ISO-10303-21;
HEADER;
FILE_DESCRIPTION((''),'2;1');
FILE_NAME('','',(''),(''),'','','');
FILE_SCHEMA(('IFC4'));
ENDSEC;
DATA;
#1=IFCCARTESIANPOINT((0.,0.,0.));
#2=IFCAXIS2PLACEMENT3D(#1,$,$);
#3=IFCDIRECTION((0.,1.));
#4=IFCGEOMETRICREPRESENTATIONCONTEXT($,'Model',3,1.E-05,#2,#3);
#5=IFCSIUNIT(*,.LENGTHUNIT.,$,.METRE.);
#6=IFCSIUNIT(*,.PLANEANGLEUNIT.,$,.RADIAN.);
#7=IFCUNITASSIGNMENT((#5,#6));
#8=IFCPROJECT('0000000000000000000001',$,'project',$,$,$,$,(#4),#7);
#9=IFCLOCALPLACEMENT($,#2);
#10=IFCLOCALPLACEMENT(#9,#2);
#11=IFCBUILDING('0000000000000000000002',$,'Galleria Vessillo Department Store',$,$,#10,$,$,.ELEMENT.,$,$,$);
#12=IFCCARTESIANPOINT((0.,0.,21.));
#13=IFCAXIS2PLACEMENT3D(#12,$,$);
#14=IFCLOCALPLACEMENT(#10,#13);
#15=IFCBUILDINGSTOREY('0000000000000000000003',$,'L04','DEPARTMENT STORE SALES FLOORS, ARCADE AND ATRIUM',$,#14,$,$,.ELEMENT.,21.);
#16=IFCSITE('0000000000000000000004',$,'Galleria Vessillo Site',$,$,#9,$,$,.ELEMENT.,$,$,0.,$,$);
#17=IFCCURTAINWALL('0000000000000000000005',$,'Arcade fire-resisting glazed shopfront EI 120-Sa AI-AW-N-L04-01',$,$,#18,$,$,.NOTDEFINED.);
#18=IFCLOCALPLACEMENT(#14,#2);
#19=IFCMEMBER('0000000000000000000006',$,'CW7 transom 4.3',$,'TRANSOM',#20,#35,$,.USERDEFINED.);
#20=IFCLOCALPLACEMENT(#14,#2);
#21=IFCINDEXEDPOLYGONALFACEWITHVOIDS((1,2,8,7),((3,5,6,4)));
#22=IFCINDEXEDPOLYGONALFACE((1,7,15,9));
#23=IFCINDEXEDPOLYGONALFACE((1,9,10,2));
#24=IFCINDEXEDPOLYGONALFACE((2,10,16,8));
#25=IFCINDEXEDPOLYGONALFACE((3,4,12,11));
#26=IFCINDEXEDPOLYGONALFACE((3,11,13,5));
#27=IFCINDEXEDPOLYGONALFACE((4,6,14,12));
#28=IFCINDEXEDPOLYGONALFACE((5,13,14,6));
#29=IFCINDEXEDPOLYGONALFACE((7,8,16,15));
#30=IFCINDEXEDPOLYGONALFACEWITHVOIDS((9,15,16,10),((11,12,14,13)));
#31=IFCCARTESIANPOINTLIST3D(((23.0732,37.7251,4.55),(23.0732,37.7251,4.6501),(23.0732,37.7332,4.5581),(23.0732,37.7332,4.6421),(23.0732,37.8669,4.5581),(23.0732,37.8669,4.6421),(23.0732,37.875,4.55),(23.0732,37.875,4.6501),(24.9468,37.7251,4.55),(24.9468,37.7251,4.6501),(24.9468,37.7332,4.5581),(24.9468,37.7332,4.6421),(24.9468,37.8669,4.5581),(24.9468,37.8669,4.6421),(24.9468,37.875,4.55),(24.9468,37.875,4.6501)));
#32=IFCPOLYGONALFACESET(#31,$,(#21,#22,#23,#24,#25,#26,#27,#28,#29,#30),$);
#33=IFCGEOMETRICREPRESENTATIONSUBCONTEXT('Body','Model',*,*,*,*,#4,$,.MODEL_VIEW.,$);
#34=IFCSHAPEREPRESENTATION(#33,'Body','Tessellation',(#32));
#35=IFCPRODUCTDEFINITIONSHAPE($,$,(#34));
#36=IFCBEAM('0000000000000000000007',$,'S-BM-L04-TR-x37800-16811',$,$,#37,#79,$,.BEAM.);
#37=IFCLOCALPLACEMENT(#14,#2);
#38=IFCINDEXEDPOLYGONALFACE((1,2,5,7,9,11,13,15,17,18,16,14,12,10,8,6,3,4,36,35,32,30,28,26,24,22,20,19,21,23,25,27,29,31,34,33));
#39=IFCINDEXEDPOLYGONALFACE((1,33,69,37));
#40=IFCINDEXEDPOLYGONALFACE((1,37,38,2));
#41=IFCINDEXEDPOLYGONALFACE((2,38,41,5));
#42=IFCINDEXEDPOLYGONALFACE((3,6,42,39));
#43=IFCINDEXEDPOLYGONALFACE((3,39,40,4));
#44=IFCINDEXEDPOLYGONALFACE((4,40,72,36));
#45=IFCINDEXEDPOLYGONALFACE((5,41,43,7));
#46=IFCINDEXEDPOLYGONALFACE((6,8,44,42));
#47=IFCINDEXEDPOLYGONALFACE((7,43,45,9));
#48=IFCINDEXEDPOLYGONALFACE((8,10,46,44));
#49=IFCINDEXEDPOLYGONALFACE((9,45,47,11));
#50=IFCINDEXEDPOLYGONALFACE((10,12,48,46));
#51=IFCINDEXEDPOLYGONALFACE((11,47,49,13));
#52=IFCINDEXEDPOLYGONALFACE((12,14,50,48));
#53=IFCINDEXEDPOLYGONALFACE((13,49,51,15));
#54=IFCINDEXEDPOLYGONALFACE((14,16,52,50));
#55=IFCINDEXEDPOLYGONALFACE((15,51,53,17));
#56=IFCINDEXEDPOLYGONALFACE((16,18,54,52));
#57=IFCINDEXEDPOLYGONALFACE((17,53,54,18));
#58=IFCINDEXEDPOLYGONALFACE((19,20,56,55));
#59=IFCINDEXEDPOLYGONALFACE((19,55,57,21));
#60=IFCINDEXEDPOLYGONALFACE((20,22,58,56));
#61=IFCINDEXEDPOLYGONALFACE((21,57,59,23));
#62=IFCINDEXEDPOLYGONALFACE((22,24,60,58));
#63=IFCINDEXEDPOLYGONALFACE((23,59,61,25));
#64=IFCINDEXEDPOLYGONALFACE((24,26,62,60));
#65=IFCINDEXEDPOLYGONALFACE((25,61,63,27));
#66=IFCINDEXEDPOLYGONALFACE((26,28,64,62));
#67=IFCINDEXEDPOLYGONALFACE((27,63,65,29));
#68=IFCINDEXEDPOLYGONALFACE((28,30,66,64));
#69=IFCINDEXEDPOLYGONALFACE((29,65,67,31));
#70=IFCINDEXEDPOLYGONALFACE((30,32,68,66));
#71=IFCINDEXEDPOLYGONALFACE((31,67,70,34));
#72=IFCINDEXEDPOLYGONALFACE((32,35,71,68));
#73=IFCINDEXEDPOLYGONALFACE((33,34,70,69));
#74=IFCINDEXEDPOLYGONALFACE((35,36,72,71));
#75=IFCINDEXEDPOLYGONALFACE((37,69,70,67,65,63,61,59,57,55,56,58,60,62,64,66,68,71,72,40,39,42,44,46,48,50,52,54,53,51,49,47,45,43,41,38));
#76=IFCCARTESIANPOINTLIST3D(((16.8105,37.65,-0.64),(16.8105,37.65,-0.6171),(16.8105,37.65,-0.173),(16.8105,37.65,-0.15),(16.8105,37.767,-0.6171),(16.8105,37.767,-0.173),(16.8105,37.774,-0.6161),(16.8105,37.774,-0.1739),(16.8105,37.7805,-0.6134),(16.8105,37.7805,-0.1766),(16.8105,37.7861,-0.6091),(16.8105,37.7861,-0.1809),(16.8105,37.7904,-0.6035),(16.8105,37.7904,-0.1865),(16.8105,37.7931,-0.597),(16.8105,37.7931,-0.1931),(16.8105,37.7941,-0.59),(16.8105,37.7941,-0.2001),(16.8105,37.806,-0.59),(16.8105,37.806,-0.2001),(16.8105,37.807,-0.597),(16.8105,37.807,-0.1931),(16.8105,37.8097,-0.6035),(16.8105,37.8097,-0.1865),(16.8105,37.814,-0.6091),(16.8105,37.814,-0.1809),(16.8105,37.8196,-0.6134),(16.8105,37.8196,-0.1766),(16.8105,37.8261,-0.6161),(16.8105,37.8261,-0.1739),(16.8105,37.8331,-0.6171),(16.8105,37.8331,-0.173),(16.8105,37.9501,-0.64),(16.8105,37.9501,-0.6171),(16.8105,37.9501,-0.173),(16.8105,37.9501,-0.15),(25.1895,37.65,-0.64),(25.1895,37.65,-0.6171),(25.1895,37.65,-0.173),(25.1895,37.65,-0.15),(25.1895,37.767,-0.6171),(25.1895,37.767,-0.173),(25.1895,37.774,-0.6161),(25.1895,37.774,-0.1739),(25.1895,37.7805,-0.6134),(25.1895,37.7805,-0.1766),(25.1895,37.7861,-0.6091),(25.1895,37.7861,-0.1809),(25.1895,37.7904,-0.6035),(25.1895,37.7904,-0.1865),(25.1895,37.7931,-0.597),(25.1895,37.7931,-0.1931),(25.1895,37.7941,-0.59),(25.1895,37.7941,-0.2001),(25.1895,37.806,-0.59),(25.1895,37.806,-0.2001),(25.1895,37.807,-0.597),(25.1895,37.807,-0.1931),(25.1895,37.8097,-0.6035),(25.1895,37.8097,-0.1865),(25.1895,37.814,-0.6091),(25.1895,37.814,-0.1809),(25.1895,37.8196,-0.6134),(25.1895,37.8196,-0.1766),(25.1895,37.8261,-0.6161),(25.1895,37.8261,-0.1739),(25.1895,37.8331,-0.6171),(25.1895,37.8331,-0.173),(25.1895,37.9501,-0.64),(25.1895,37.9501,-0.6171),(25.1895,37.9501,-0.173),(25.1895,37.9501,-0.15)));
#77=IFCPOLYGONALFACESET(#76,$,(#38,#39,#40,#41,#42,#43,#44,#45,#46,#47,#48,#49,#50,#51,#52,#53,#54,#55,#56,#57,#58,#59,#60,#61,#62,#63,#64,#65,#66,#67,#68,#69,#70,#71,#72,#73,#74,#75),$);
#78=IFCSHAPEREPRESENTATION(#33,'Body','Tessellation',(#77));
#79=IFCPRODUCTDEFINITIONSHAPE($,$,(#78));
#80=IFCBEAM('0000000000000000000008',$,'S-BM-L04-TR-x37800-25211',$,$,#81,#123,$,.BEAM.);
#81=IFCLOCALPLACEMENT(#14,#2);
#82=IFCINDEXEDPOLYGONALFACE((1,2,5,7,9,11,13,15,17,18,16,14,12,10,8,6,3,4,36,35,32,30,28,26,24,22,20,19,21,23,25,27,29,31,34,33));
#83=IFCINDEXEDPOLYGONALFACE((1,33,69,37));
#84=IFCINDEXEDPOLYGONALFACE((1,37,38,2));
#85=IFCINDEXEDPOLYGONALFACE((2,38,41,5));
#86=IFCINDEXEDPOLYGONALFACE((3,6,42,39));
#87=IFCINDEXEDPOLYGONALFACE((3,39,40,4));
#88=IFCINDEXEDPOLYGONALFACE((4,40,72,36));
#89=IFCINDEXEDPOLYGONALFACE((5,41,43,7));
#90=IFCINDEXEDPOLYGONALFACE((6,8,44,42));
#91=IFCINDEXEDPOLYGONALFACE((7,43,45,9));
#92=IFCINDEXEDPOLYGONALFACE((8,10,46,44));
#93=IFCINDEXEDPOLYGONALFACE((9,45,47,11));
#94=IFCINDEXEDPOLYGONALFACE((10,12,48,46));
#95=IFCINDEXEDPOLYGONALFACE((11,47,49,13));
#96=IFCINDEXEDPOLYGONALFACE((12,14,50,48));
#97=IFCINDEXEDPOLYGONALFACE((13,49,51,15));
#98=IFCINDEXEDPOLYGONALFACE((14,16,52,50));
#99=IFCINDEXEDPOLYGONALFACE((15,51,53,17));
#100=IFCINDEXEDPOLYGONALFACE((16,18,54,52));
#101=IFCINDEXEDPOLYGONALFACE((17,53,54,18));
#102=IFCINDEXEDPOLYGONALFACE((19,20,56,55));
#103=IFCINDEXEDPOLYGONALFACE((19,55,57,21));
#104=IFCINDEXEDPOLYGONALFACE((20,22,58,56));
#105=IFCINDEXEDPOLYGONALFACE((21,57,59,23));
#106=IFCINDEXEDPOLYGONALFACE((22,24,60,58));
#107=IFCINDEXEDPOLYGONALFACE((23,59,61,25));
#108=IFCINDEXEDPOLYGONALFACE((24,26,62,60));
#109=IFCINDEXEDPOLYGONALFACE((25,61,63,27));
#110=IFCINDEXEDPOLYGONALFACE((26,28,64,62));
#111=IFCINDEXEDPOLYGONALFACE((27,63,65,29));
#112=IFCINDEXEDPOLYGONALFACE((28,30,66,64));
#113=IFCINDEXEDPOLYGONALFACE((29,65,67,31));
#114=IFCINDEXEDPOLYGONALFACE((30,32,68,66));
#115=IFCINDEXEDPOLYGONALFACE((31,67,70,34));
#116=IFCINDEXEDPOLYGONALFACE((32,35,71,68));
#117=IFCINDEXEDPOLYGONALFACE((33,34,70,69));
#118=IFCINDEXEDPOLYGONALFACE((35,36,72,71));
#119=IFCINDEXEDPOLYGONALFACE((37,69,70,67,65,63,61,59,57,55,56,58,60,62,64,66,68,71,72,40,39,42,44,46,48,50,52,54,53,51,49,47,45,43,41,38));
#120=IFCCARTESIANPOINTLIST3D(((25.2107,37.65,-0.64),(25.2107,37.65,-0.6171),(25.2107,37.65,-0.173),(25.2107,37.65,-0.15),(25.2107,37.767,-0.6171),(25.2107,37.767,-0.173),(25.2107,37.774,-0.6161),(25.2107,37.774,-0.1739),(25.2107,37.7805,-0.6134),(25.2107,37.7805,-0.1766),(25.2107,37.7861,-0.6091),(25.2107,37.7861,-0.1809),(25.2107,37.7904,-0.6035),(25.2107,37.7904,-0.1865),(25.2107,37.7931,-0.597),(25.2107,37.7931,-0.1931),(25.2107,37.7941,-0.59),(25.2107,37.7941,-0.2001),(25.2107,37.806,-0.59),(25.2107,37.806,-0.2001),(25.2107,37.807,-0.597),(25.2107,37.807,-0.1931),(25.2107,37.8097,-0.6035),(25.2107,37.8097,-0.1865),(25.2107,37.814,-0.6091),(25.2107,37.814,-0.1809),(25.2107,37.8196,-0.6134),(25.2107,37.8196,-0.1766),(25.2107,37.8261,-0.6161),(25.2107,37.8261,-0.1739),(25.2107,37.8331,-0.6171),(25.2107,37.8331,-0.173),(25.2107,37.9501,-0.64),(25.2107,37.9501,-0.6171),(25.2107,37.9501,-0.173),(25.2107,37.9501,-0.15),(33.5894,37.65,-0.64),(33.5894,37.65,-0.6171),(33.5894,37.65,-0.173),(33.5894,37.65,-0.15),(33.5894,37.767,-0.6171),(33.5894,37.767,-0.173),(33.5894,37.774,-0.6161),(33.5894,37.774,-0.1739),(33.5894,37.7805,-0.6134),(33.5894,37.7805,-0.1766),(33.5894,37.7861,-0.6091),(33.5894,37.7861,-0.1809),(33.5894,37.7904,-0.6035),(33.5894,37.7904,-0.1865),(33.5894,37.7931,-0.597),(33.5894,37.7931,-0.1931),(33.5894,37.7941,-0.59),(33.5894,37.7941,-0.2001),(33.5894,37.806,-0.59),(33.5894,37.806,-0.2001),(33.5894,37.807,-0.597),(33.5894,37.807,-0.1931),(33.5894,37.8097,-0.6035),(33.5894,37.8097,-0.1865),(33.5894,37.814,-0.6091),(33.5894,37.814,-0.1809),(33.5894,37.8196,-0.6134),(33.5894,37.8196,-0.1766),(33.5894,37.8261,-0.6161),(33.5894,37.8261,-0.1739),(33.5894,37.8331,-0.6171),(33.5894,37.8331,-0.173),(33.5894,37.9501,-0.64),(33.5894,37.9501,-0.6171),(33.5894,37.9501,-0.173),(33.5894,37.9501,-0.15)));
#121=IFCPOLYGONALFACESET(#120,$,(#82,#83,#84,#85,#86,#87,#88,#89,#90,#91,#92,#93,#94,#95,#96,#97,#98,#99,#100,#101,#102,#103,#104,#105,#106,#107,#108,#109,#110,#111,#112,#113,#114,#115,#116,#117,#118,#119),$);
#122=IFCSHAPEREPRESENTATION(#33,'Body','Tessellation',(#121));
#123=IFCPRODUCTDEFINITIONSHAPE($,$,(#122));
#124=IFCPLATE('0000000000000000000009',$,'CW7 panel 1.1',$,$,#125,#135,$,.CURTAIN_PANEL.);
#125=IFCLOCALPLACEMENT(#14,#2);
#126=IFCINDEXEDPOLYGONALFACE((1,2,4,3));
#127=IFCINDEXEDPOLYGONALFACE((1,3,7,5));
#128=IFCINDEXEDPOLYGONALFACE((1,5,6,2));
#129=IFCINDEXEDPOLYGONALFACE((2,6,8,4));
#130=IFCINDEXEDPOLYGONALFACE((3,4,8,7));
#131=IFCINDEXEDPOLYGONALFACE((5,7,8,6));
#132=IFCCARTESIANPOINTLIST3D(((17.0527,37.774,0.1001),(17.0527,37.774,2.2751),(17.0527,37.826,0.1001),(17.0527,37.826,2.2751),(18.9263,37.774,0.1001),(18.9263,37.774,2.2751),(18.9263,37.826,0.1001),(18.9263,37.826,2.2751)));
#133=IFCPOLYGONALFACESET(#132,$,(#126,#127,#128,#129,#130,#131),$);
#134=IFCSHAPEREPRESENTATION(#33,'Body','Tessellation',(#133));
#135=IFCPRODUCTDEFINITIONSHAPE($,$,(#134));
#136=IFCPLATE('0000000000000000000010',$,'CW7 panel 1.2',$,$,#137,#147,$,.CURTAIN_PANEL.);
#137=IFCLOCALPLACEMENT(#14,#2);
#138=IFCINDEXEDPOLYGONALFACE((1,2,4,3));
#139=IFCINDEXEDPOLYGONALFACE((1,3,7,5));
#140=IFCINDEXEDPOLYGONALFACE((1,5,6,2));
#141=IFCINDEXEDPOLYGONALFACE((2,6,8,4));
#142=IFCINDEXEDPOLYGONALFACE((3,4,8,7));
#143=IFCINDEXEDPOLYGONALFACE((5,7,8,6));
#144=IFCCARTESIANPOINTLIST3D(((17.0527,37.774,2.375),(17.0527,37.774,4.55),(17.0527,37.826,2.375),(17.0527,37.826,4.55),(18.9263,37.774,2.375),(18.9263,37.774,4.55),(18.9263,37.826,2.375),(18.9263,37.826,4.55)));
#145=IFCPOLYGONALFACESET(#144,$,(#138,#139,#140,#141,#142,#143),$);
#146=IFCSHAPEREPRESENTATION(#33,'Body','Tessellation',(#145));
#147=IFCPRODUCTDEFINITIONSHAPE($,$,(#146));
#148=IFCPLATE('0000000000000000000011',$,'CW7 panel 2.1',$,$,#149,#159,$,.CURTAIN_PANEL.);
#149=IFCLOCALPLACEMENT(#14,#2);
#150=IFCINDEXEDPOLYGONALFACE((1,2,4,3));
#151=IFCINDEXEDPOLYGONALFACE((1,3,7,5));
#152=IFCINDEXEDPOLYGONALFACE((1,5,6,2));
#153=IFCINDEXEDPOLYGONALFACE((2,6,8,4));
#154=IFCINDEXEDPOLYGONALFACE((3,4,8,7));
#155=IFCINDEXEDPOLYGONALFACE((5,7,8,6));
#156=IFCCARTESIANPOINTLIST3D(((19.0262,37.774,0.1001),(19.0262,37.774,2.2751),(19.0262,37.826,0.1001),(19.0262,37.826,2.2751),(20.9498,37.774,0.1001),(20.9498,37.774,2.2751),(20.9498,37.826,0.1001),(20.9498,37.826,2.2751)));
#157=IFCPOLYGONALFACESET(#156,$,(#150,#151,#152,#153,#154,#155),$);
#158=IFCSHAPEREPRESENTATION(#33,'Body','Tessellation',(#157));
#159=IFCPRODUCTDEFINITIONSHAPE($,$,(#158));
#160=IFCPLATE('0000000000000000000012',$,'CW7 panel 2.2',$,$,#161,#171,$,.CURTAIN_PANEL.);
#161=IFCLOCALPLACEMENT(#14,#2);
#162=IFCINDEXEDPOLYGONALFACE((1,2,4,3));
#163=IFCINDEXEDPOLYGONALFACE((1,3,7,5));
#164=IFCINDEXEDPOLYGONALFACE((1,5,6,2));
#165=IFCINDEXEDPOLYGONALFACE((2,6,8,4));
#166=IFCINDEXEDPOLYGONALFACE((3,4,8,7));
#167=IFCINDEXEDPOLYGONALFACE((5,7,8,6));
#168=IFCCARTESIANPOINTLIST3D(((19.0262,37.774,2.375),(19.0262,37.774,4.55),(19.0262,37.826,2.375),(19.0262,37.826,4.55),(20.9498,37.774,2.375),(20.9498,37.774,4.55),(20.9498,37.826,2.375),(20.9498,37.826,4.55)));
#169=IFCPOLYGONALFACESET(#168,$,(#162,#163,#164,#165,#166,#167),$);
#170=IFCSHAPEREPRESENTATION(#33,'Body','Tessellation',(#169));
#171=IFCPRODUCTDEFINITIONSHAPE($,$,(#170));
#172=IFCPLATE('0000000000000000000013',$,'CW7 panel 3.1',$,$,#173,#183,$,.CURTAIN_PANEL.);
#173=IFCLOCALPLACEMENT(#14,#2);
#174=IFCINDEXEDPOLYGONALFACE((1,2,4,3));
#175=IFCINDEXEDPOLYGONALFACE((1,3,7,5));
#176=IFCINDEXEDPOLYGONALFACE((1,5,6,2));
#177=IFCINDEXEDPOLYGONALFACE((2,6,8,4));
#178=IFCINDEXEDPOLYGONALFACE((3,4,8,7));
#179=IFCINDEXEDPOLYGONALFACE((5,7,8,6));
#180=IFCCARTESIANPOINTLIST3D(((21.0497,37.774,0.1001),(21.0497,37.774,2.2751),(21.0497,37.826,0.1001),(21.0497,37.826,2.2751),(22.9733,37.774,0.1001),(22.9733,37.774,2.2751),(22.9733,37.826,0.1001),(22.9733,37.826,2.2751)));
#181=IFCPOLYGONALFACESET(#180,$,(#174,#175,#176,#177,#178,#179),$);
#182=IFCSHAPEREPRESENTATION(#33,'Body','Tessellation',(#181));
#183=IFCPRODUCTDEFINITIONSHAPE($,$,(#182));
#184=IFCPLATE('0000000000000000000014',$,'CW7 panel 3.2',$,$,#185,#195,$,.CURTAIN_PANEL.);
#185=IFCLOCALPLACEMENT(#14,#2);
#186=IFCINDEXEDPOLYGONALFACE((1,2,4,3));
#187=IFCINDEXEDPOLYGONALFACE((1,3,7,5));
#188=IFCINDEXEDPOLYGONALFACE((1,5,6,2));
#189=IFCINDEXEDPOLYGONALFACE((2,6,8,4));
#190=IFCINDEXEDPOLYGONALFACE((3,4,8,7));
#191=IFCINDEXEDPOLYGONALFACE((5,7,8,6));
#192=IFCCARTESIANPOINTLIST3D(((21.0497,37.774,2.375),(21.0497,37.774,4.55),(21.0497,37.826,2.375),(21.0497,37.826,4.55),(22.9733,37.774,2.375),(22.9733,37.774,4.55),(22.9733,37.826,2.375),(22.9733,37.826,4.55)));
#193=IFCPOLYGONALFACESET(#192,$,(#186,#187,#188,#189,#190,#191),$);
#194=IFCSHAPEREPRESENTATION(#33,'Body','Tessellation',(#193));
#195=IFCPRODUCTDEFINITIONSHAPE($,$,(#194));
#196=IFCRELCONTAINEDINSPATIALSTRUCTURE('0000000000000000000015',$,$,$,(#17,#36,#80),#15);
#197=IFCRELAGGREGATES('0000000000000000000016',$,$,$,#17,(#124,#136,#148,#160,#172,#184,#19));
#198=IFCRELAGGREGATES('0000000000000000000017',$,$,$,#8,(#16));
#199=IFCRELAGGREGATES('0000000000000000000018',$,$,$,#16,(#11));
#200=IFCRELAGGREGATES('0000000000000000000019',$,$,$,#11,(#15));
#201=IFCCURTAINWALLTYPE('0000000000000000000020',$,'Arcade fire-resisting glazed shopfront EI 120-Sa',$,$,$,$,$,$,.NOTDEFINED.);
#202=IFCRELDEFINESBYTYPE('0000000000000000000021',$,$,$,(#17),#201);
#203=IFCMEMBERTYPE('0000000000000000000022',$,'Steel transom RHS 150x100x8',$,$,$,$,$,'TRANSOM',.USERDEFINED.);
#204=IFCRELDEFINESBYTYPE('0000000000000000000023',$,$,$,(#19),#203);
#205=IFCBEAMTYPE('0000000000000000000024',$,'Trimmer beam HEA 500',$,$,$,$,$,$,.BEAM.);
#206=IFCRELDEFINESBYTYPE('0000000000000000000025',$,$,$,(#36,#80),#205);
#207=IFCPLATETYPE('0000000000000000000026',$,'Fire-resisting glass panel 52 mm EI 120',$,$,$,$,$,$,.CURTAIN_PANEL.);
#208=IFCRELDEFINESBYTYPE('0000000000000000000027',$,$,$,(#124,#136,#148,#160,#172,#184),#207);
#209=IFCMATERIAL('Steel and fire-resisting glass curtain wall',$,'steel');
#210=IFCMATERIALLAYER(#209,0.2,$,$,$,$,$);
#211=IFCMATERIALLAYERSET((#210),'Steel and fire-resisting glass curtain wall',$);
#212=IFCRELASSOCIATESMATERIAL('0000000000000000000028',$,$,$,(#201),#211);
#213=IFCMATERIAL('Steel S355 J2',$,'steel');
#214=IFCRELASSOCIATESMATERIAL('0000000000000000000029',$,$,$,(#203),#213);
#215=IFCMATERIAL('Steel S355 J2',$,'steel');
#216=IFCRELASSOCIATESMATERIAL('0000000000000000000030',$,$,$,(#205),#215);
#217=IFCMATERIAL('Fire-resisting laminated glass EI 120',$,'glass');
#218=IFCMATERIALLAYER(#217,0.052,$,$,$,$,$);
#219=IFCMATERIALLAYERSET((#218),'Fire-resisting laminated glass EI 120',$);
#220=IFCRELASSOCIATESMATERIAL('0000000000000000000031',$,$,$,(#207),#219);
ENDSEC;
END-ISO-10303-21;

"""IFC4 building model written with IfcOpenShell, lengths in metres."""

from ifc_helpers import new_model, si_unit, direction, frame, origin, origin_2d, place, context, subcontext, project, spatial, rectangle, hollow_rectangle, i_section, extrude, material, layer, layer_set, material_profile, profile_set, type_object, element, aggregate, save


model = new_model("IFC4")

# Units and contexts
model_context = context("Model", 3, precision=1e-05, world=origin(), true_north=direction((0.0, 1.0)))
body_context = subcontext(model_context, "Body", "Model", "MODEL_VIEW")
ifc_project = project(units=[si_unit("LENGTHUNIT", "METRE"), si_unit("PLANEANGLEUNIT", "RADIAN")], contexts=[model_context])

# Site, building, storey
site_placement = place(None, origin())
site = spatial("IfcSite", under=ifc_project, at=site_placement, Name="Galleria Vessillo Site", CompositionType="ELEMENT", RefElevation=0.0)
building_placement = place(site_placement, origin())
building = spatial("IfcBuilding", under=site, at=building_placement, Name="Galleria Vessillo Department Store", CompositionType="ELEMENT")
storey_placement = place(building_placement, frame((0.0, 0.0, 21.0)))
storey = spatial("IfcBuildingStorey", under=building, at=storey_placement, Name="L04", Description="DEPARTMENT STORE SALES FLOORS, ARCADE AND ATRIUM", CompositionType="ELEMENT", Elevation=21.0)

# Curtain wall, member
ifc_material_1 = material(Name="Steel and fire-resisting glass curtain wall", Category="steel")
ifc_layer_1 = layer(ifc_material_1, 0.2)
ifc_layer_set_1 = layer_set([ifc_layer_1], Name="Steel and fire-resisting glass curtain wall")
curtain_wall_type = type_object("IfcCurtainWallType", Name="Arcade fire-resisting glazed shopfront EI 120-Sa", PredefinedType="NOTDEFINED", material=ifc_layer_set_1)
curtain_wall_placement = place(storey_placement, origin())
curtain_wall = element("IfcCurtainWall", 1, at=curtain_wall_placement, inside=storey, type_object=curtain_wall_type, Name="Arcade fire-resisting glazed shopfront EI 120-Sa AI-AW-N-L04-01", PredefinedType="NOTDEFINED")
ifc_material_2 = material(Name="Steel S355 J2", Category="steel")
ifc_material_profile_1 = material_profile(ifc_material_2, hollow_rectangle(XDim=0.1499, YDim=0.1001, WallThickness=0.0081, at=origin_2d()), Name="RHS 150x100x8")
ifc_profile_set_1 = profile_set([ifc_material_profile_1], Name="Steel S355 J2")
member_type_1 = type_object("IfcMemberType", Name="Steel transom RHS 150x100x8", ElementType="TRANSOM", PredefinedType="USERDEFINED", material=ifc_profile_set_1)
member_1_placement = place(storey_placement, frame((23.0732, 37.8, 4.6001), z_axis=(1.0, 0.0, 0.0), x_axis=(0.0, 1.0, 0.0)))
member_1 = element("IfcMember", 2, at=member_1_placement, type_object=member_type_1, Name="CW7 transom 4.3", ObjectType="TRANSOM", PredefinedType="USERDEFINED", context=body_context, shape_type="SweptSolid", body=[
    extrude(hollow_rectangle(XDim=0.1499, YDim=0.1001, WallThickness=0.0081, at=origin_2d()), origin(), (0.0, 0.0, 1.0), 1.8735),
])

# Beams
ifc_material_3 = material(Name="Steel S355 J2", Category="steel")
ifc_material_profile_2 = material_profile(ifc_material_3, i_section(OverallWidth=0.3, OverallDepth=0.49, WebThickness=0.012, FlangeThickness=0.0229, FilletRadius=0.0271, at=origin_2d()), Name="HEA 500")
ifc_profile_set_2 = profile_set([ifc_material_profile_2], Name="Steel S355 J2")
beam_type_1 = type_object("IfcBeamType", Name="Trimmer beam HEA 500", PredefinedType="BEAM", material=ifc_profile_set_2)
beam_1_placement = place(storey_placement, frame((16.8105, 37.8, -0.395), z_axis=(1.0, 0.0, 0.0), x_axis=(0.0, 1.0, 0.0)))
element("IfcBeam", 3, at=beam_1_placement, inside=storey, type_object=beam_type_1, Name="S-BM-L04-TR-x37800-16811", PredefinedType="BEAM", context=body_context, shape_type="SweptSolid", body=[
    extrude(i_section(OverallWidth=0.3, OverallDepth=0.49, WebThickness=0.012, FlangeThickness=0.0229, FilletRadius=0.0271, at=origin_2d()), origin(), (0.0, 0.0, 1.0), 8.3789),
])
beam_2_placement = place(storey_placement, frame((25.2107, 37.8, -0.395), z_axis=(1.0, 0.0, 0.0), x_axis=(0.0, 1.0, 0.0)))
element("IfcBeam", 4, at=beam_2_placement, inside=storey, type_object=beam_type_1, Name="S-BM-L04-TR-x37800-25211", PredefinedType="BEAM", context=body_context, shape_type="SweptSolid", body=[
    extrude(i_section(OverallWidth=0.3, OverallDepth=0.49, WebThickness=0.012, FlangeThickness=0.0229, FilletRadius=0.0271, at=origin_2d()), origin(), (0.0, 0.0, 1.0), 8.3787),
])

# Plates
ifc_material_4 = material(Name="Fire-resisting laminated glass EI 120", Category="glass")
ifc_layer_2 = layer(ifc_material_4, 0.052)
ifc_layer_set_2 = layer_set([ifc_layer_2], Name="Fire-resisting laminated glass EI 120")
plate_type = type_object("IfcPlateType", Name="Fire-resisting glass panel 52 mm EI 120", PredefinedType="CURTAIN_PANEL", material=ifc_layer_set_2)
plate_1_placement = place(storey_placement, frame((17.9895, 37.8, 0.1001), z_axis=(0.0, 0.0, 1.0), x_axis=(1.0, 0.0, 0.0)))
plate_1 = element("IfcPlate", 5, at=plate_1_placement, type_object=plate_type, Name="CW7 panel 1.1", PredefinedType="CURTAIN_PANEL", context=body_context, shape_type="SweptSolid", body=[
    extrude(rectangle(XDim=1.8735, YDim=0.052, at=origin_2d()), origin(), (0.0, 0.0, 1.0), 2.175),
])
plate_2_placement = place(storey_placement, frame((17.9895, 37.8, 2.375), z_axis=(0.0, 0.0, 1.0), x_axis=(1.0, 0.0, 0.0)))
plate_2 = element("IfcPlate", 6, at=plate_2_placement, type_object=plate_type, Name="CW7 panel 1.2", PredefinedType="CURTAIN_PANEL", context=body_context, shape_type="SweptSolid", body=[
    extrude(rectangle(XDim=1.8735, YDim=0.052, at=origin_2d()), origin(), (0.0, 0.0, 1.0), 2.175),
])
plate_3_placement = place(storey_placement, frame((19.988, 37.8, 0.1001), z_axis=(0.0, 0.0, 1.0), x_axis=(1.0, 0.0, 0.0)))
plate_3 = element("IfcPlate", 7, at=plate_3_placement, type_object=plate_type, Name="CW7 panel 2.1", PredefinedType="CURTAIN_PANEL", context=body_context, shape_type="SweptSolid", body=[
    extrude(rectangle(XDim=1.9236, YDim=0.052, at=origin_2d()), origin(), (0.0, 0.0, 1.0), 2.175),
])
plate_4_placement = place(storey_placement, frame((19.988, 37.8, 2.375), z_axis=(0.0, 0.0, 1.0), x_axis=(1.0, 0.0, 0.0)))
plate_4 = element("IfcPlate", 8, at=plate_4_placement, type_object=plate_type, Name="CW7 panel 2.2", PredefinedType="CURTAIN_PANEL", context=body_context, shape_type="SweptSolid", body=[
    extrude(rectangle(XDim=1.9236, YDim=0.052, at=origin_2d()), origin(), (0.0, 0.0, 1.0), 2.175),
])
plate_5_placement = place(storey_placement, frame((22.0115, 37.8, 0.1001), z_axis=(0.0, 0.0, 1.0), x_axis=(1.0, 0.0, 0.0)))
plate_5 = element("IfcPlate", 9, at=plate_5_placement, type_object=plate_type, Name="CW7 panel 3.1", PredefinedType="CURTAIN_PANEL", context=body_context, shape_type="SweptSolid", body=[
    extrude(rectangle(XDim=1.9236, YDim=0.052, at=origin_2d()), origin(), (0.0, 0.0, 1.0), 2.175),
])
plate_6_placement = place(storey_placement, frame((22.0115, 37.8, 2.375), z_axis=(0.0, 0.0, 1.0), x_axis=(1.0, 0.0, 0.0)))
plate_6 = element("IfcPlate", 10, at=plate_6_placement, type_object=plate_type, Name="CW7 panel 3.2", PredefinedType="CURTAIN_PANEL", context=body_context, shape_type="SweptSolid", body=[
    extrude(rectangle(XDim=1.9236, YDim=0.052, at=origin_2d()), origin(), (0.0, 0.0, 1.0), 2.175),
])
aggregate(curtain_wall, [plate_1, plate_2, plate_3, plate_4, plate_5, plate_6, member_1])

save(model, "model.ifc")
